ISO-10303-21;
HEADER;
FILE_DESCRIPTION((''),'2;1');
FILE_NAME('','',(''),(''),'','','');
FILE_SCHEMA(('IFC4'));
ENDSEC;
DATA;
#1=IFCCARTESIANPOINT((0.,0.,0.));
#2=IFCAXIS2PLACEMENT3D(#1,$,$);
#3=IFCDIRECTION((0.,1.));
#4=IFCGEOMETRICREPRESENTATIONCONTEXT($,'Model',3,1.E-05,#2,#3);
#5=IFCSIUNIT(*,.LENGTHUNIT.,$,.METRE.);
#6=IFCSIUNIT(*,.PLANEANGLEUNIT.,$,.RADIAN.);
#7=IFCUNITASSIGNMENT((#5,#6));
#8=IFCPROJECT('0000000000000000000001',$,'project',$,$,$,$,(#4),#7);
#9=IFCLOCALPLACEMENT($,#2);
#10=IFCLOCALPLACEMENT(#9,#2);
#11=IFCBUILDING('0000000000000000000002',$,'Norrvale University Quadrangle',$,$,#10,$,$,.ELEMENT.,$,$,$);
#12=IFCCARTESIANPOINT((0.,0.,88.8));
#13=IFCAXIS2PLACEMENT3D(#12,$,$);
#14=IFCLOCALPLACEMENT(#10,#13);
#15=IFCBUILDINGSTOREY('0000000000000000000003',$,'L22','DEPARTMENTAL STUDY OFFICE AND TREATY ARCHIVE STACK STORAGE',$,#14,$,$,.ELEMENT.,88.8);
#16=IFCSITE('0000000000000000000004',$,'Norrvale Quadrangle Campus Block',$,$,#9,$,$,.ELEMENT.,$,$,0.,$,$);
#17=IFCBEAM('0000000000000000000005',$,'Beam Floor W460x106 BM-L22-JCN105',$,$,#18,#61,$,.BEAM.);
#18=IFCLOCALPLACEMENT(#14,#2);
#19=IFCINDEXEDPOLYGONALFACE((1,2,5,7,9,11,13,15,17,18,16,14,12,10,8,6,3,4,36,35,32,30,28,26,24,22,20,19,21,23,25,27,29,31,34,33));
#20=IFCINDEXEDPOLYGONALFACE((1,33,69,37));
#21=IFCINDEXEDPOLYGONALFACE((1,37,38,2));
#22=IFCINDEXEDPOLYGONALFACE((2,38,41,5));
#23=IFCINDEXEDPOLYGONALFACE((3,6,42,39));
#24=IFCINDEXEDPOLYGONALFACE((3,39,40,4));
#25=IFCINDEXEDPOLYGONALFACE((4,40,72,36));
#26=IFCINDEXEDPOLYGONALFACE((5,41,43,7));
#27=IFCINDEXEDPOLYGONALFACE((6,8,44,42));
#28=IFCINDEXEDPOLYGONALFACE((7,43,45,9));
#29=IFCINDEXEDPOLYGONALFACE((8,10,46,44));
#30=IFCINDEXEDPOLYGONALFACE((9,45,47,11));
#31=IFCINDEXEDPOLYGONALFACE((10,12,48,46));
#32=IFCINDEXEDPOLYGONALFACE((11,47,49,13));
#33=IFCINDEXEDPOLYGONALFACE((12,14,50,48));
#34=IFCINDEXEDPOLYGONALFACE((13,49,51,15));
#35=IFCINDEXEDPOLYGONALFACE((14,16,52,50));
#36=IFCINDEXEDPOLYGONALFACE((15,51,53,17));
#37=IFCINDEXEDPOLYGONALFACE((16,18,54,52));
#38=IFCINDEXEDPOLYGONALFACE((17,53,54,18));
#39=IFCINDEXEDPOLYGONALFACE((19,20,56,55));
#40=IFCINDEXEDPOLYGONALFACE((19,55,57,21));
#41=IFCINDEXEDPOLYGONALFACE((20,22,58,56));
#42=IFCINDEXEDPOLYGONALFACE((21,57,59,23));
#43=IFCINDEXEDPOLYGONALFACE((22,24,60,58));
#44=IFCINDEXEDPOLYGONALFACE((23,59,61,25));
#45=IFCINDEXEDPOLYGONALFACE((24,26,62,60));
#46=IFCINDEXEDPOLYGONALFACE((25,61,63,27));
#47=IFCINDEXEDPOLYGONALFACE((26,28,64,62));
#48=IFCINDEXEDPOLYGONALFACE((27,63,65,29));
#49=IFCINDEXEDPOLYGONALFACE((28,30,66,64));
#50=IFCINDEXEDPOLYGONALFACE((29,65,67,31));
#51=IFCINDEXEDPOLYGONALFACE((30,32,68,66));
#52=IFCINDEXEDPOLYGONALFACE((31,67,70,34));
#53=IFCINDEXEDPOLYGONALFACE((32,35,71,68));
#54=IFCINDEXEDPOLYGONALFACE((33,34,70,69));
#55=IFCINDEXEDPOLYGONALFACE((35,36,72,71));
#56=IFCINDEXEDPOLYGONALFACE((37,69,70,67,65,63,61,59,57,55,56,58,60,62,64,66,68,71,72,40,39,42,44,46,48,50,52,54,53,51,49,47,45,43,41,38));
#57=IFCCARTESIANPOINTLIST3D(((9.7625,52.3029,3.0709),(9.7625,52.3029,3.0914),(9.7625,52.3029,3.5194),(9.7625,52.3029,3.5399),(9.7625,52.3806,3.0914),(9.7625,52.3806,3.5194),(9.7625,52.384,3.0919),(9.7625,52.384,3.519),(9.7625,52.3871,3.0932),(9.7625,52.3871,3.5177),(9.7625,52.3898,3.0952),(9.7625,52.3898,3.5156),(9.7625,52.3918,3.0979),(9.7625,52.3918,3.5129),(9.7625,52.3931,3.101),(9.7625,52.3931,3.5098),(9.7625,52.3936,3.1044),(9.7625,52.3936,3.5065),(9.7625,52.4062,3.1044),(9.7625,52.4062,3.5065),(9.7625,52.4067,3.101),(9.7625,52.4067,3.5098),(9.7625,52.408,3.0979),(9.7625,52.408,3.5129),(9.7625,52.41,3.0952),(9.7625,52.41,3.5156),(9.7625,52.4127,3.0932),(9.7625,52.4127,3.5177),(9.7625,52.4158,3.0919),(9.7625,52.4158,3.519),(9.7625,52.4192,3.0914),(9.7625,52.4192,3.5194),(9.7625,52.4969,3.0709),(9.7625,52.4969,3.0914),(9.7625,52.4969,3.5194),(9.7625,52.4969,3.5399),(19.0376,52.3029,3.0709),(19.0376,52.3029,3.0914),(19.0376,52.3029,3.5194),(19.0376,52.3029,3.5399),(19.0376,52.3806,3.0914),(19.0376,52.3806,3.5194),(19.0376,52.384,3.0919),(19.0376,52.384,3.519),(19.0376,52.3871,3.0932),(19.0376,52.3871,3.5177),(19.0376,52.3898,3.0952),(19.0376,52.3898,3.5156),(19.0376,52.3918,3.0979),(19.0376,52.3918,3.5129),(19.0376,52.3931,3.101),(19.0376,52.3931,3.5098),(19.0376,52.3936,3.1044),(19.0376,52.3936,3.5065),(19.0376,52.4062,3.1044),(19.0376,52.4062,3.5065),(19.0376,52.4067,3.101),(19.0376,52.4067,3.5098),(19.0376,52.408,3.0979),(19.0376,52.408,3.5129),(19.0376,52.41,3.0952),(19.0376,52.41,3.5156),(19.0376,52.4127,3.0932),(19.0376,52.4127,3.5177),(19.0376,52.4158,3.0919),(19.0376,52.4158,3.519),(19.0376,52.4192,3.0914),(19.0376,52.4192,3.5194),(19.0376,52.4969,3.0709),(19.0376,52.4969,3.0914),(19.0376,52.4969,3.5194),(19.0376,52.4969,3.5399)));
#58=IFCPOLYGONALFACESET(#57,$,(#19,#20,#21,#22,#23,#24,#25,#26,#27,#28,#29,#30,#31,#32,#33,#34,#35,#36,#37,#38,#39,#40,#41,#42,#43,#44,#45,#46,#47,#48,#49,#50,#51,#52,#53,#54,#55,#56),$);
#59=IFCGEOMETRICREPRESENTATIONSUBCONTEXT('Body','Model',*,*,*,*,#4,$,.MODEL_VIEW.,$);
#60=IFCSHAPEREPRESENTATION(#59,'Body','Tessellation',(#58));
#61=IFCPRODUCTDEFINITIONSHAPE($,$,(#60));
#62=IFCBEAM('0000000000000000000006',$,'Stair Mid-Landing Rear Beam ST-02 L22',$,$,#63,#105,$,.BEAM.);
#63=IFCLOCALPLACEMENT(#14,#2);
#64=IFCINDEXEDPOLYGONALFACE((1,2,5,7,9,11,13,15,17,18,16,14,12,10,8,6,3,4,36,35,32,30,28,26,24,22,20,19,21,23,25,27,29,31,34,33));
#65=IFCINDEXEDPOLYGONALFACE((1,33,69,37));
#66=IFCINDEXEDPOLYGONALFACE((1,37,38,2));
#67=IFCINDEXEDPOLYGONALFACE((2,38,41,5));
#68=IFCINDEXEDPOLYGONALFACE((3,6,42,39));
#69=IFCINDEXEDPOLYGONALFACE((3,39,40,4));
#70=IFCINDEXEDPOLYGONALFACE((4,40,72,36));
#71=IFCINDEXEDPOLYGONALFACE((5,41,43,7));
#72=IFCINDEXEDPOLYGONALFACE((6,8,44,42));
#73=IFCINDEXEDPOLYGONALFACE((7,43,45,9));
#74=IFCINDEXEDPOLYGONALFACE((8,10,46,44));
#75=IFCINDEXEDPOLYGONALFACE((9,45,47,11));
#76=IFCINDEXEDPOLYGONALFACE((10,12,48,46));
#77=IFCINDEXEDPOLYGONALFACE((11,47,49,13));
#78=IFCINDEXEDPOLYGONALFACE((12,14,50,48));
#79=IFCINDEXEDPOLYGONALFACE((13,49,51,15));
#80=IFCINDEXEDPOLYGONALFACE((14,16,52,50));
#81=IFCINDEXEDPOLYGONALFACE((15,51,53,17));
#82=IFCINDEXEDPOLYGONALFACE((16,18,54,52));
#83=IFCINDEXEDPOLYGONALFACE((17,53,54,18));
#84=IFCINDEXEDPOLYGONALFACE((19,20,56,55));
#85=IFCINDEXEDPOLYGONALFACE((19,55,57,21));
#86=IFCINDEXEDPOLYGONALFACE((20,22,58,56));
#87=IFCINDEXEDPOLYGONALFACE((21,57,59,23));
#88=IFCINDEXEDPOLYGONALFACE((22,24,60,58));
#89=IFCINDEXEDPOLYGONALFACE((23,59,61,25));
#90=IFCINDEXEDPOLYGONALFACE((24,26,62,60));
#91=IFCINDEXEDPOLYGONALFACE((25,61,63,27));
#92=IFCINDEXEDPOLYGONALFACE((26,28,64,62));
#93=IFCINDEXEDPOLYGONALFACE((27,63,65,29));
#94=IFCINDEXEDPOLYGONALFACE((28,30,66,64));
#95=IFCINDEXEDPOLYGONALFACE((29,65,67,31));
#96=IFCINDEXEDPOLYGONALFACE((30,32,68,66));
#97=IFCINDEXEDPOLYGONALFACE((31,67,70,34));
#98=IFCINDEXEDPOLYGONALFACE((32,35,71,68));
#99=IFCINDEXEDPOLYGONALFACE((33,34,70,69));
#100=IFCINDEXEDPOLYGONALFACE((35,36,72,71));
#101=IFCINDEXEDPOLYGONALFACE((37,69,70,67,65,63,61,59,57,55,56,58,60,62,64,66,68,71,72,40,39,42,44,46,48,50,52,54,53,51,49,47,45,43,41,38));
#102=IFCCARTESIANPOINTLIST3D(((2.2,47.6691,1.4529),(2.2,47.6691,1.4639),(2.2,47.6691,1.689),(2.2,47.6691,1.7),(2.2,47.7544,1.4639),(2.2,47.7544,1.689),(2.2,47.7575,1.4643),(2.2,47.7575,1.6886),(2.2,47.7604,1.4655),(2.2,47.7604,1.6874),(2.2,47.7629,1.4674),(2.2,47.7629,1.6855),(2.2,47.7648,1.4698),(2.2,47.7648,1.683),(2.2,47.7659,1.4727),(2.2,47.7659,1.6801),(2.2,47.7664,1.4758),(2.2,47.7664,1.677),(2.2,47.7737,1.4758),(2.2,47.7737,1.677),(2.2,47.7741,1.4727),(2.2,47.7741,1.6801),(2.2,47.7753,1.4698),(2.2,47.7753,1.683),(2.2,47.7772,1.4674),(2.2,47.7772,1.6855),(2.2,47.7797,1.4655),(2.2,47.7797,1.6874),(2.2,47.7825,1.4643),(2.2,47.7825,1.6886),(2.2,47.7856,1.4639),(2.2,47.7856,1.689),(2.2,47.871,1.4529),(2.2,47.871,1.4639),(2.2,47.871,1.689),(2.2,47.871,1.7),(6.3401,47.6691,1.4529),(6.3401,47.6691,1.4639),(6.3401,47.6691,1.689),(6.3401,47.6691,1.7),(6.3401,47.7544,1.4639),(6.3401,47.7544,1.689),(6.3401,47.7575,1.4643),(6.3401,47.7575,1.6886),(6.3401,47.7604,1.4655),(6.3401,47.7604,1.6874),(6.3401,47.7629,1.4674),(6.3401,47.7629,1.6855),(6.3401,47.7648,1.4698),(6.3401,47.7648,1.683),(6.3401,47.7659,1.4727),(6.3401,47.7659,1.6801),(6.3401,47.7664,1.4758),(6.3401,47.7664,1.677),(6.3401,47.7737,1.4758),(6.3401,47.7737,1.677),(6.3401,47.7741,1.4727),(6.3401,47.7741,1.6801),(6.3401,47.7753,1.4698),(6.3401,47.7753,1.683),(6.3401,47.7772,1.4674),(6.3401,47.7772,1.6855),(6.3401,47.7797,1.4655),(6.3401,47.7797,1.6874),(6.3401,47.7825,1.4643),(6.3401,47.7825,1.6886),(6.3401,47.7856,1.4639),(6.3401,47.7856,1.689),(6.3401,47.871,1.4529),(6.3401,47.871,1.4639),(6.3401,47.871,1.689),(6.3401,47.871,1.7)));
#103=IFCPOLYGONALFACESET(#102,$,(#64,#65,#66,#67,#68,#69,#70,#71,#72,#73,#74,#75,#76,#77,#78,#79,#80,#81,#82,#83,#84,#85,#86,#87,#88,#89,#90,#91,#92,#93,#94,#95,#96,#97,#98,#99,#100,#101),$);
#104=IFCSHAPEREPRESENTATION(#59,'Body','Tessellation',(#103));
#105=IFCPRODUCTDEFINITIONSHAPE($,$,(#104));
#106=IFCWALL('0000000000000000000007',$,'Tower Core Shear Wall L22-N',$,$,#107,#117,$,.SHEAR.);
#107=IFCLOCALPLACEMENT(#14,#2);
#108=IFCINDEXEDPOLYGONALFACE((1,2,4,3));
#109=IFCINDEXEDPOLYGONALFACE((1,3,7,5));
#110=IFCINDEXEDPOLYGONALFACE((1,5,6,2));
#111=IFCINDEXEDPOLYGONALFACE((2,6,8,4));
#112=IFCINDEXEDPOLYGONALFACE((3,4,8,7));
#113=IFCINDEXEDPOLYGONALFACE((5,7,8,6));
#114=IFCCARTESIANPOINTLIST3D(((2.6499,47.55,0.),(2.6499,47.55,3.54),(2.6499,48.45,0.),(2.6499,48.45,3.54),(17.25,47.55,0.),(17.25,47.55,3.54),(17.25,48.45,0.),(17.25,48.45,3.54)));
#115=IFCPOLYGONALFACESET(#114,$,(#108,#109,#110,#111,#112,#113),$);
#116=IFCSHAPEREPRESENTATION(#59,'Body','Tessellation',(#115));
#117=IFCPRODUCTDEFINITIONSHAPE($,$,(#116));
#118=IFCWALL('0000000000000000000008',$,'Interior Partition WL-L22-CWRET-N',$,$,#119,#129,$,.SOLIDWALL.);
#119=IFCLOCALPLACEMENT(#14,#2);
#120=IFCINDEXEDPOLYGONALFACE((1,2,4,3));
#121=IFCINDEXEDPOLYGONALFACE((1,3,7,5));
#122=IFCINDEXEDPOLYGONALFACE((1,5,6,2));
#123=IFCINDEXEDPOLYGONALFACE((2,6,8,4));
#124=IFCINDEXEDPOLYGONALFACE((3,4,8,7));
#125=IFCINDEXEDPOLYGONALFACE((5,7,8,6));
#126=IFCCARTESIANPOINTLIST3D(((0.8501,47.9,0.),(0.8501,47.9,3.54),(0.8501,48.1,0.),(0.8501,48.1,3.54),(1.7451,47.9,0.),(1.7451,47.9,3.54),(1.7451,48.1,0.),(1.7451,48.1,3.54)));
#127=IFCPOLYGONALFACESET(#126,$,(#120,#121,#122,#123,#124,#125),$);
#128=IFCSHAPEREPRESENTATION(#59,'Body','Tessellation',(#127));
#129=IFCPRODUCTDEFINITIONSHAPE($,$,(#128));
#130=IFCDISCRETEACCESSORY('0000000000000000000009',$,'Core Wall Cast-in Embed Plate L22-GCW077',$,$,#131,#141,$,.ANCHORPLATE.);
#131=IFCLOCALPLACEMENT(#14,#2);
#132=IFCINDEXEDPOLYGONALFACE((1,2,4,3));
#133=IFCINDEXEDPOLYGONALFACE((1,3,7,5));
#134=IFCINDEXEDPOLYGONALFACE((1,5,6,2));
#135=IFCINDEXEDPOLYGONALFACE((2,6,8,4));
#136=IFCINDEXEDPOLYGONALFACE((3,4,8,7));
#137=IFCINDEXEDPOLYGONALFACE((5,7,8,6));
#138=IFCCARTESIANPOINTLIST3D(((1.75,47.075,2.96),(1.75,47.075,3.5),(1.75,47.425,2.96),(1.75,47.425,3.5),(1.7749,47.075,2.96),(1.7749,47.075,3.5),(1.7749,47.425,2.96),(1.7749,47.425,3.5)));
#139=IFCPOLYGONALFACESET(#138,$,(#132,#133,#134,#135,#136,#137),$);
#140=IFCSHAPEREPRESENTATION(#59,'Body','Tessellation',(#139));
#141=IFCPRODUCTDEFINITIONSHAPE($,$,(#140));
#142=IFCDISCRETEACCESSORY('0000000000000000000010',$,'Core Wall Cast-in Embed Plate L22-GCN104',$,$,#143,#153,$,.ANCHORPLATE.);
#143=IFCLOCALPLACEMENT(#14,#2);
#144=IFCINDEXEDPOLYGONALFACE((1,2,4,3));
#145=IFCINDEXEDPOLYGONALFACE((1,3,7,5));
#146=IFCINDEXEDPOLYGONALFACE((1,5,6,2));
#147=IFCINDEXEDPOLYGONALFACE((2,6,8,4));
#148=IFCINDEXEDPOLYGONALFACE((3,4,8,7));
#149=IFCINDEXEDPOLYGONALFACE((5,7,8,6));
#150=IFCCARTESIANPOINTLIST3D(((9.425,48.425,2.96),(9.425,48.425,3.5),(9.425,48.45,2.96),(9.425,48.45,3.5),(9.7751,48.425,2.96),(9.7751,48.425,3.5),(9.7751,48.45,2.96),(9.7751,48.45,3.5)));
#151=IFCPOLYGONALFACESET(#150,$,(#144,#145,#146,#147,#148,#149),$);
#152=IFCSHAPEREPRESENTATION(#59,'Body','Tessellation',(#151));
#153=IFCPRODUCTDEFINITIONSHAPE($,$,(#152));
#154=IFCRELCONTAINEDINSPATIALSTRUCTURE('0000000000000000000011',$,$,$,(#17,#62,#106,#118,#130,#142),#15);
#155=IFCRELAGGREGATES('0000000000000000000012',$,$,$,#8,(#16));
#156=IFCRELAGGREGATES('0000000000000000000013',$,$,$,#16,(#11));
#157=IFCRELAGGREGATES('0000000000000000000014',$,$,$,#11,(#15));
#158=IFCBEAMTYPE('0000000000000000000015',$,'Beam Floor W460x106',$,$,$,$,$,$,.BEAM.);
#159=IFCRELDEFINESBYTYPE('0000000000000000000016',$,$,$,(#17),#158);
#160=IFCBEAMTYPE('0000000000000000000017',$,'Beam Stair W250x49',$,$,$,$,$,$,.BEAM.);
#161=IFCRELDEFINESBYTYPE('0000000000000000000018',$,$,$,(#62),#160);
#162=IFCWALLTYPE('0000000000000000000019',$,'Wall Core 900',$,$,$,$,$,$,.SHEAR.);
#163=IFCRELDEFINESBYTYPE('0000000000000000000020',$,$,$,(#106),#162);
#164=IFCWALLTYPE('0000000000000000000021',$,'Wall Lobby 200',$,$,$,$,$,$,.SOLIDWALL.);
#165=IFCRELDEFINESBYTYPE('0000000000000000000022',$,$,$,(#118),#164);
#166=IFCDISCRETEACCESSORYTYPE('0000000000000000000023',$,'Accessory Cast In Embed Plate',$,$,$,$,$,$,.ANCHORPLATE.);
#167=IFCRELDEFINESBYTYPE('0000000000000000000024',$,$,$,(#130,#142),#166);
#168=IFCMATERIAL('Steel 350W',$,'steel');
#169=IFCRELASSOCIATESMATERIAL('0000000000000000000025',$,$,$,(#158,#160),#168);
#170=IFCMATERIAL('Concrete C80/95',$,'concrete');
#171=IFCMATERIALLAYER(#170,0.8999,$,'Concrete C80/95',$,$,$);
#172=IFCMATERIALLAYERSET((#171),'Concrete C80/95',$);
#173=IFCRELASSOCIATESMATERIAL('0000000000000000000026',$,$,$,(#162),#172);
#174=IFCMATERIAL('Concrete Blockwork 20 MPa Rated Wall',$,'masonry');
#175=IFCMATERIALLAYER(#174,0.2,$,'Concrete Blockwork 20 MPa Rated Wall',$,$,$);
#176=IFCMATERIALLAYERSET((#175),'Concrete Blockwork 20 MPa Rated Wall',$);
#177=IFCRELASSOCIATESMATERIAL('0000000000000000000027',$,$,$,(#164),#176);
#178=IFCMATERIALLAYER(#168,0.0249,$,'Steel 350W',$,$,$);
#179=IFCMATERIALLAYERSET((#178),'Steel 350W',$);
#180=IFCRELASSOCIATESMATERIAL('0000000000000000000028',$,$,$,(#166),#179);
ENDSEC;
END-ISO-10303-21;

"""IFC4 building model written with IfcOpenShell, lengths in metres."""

from ifc_helpers import new_model, si_unit, direction, frame, frame_2d, origin, origin_2d, place, context, subcontext, project, spatial, rectangle, i_section, extrude, material, layer, layer_set, material_profile, profile_set, type_object, element, save


model = new_model("IFC4")

# Units and contexts
model_context = context("Model", 3, precision=1e-05, world=origin(), true_north=direction((0.0, 1.0)))
body_context = subcontext(model_context, "Body", "Model", "MODEL_VIEW")
ifc_project = project(units=[si_unit("LENGTHUNIT", "METRE"), si_unit("PLANEANGLEUNIT", "RADIAN")], contexts=[model_context])

# Site, building, storey
site_placement = place(None, origin())
site = spatial("IfcSite", under=ifc_project, at=site_placement, Name="Norrvale Quadrangle Campus Block", CompositionType="ELEMENT", RefElevation=0.0)
building_placement = place(site_placement, origin())
building = spatial("IfcBuilding", under=site, at=building_placement, Name="Norrvale University Quadrangle", CompositionType="ELEMENT")
storey_placement = place(building_placement, frame((0.0, 0.0, 88.8)))
storey = spatial("IfcBuildingStorey", under=building, at=storey_placement, Name="L22", Description="DEPARTMENTAL STUDY OFFICE AND TREATY ARCHIVE STACK STORAGE", CompositionType="ELEMENT", Elevation=88.8)

# Shared definitions
ifc_material_1 = material(Name="Concrete C80/95", Category="concrete")

# Beams
ifc_material_2 = material(Name="Steel 350W", Category="steel")
ifc_material_profile_1 = material_profile(ifc_material_2, i_section(OverallWidth=0.1941, OverallDepth=0.469, WebThickness=0.0127, FlangeThickness=0.0205, FilletRadius=0.0129, at=origin_2d()), Name="Steel 350W")
ifc_profile_set_1 = profile_set([ifc_material_profile_1], Name="Steel 350W")
beam_type_1 = type_object("IfcBeamType", Name="Beam Floor W460x106", PredefinedType="BEAM", material=ifc_profile_set_1)
beam_1_placement = place(storey_placement, frame((9.7625, 52.3999, 3.3054), z_axis=(1.0, 0.0, 0.0), x_axis=(0.0, 1.0, 0.0)))
element("IfcBeam", 1, at=beam_1_placement, inside=storey, type_object=beam_type_1, Name="Beam Floor W460x106 BM-L22-JCN105", PredefinedType="BEAM", context=body_context, shape_type="SweptSolid", body=[
    extrude(i_section(OverallWidth=0.1941, OverallDepth=0.469, WebThickness=0.0127, FlangeThickness=0.0205, FilletRadius=0.0129, at=origin_2d()), origin(), (0.0, 0.0, 1.0), 9.2751),
])
ifc_material_profile_2 = material_profile(ifc_material_2, i_section(OverallWidth=0.2019, OverallDepth=0.2471, WebThickness=0.0073, FlangeThickness=0.011, FilletRadius=0.012, at=origin_2d()), Name="Steel 350W")
ifc_profile_set_2 = profile_set([ifc_material_profile_2], Name="Steel 350W")
beam_type_2 = type_object("IfcBeamType", Name="Beam Stair W250x49", PredefinedType="BEAM", material=ifc_profile_set_2)
beam_2_placement = place(storey_placement, frame((2.2, 47.77, 1.5764), z_axis=(1.0, 0.0, 0.0), x_axis=(0.0, 1.0, 0.0)))
element("IfcBeam", 2, at=beam_2_placement, inside=storey, type_object=beam_type_2, Name="Stair Mid-Landing Rear Beam ST-02 L22", PredefinedType="BEAM", context=body_context, shape_type="SweptSolid", body=[
    extrude(i_section(OverallWidth=0.2019, OverallDepth=0.2471, WebThickness=0.0073, FlangeThickness=0.011, FilletRadius=0.012, at=origin_2d()), origin(), (0.0, 0.0, 1.0), 4.1401),
])

# Walls
ifc_layer_1 = layer(ifc_material_1, 0.8999, Name="Concrete C80/95")
ifc_layer_set_1 = layer_set([ifc_layer_1], Name="Concrete C80/95")
wall_type_1 = type_object("IfcWallType", Name="Wall Core 900", PredefinedType="SHEAR", material=ifc_layer_set_1)
wall_1_placement = place(storey_placement, frame((2.6499, 48.0, 0.0), z_axis=(0.0, 0.0, 1.0), x_axis=(1.0, 0.0, 0.0)))
element("IfcWall", 3, at=wall_1_placement, inside=storey, type_object=wall_type_1, Name="Tower Core Shear Wall L22-N", PredefinedType="SHEAR", context=body_context, shape_type="SweptSolid", body=[
    extrude(rectangle(XDim=14.6001, YDim=0.8999, at=frame_2d((7.3, 0.0))), origin(), (0.0, 0.0, 1.0), 3.54),
])
ifc_material_3 = material(Name="Concrete Blockwork 20 MPa Rated Wall", Category="masonry")
ifc_layer_2 = layer(ifc_material_3, 0.2, Name="Concrete Blockwork 20 MPa Rated Wall")
ifc_layer_set_2 = layer_set([ifc_layer_2], Name="Concrete Blockwork 20 MPa Rated Wall")
wall_type_2 = type_object("IfcWallType", Name="Wall Lobby 200", PredefinedType="SOLIDWALL", material=ifc_layer_set_2)
wall_2_placement = place(storey_placement, frame((0.8501, 48.0, 0.0), z_axis=(0.0, 0.0, 1.0), x_axis=(1.0, 0.0, 0.0)))
element("IfcWall", 4, at=wall_2_placement, inside=storey, type_object=wall_type_2, Name="Interior Partition WL-L22-CWRET-N", PredefinedType="SOLIDWALL", context=body_context, shape_type="SweptSolid", body=[
    extrude(rectangle(XDim=0.895, YDim=0.2, at=frame_2d((0.4475, 0.0))), origin(), (0.0, 0.0, 1.0), 3.54),
])

# Discrete accessories
ifc_layer_3 = layer(ifc_material_2, 0.0249, Name="Steel 350W")
ifc_layer_set_3 = layer_set([ifc_layer_3], Name="Steel 350W")
discrete_accessory_type = type_object("IfcDiscreteAccessoryType", Name="Accessory Cast In Embed Plate", PredefinedType="ANCHORPLATE", material=ifc_layer_set_3)
discrete_accessory_1_placement = place(storey_placement, frame((1.7625, 47.25, 2.96), z_axis=(0.0, 0.0, 1.0), x_axis=(1.0, 0.0, 0.0)))
element("IfcDiscreteAccessory", 5, at=discrete_accessory_1_placement, inside=storey, type_object=discrete_accessory_type, Name="Core Wall Cast-in Embed Plate L22-GCW077", PredefinedType="ANCHORPLATE", context=body_context, shape_type="SweptSolid", body=[
    extrude(rectangle(XDim=0.0249, YDim=0.3501, at=origin_2d()), origin(), (0.0, 0.0, 1.0), 0.54),
])
discrete_accessory_2_placement = place(storey_placement, frame((9.6001, 48.4375, 2.96), z_axis=(0.0, 0.0, 1.0), x_axis=(1.0, 0.0, 0.0)))
element("IfcDiscreteAccessory", 6, at=discrete_accessory_2_placement, inside=storey, type_object=discrete_accessory_type, Name="Core Wall Cast-in Embed Plate L22-GCN104", PredefinedType="ANCHORPLATE", context=body_context, shape_type="SweptSolid", body=[
    extrude(rectangle(XDim=0.3501, YDim=0.0249, at=origin_2d()), origin(), (0.0, 0.0, 1.0), 0.54),
])

save(model, "model.ifc")
